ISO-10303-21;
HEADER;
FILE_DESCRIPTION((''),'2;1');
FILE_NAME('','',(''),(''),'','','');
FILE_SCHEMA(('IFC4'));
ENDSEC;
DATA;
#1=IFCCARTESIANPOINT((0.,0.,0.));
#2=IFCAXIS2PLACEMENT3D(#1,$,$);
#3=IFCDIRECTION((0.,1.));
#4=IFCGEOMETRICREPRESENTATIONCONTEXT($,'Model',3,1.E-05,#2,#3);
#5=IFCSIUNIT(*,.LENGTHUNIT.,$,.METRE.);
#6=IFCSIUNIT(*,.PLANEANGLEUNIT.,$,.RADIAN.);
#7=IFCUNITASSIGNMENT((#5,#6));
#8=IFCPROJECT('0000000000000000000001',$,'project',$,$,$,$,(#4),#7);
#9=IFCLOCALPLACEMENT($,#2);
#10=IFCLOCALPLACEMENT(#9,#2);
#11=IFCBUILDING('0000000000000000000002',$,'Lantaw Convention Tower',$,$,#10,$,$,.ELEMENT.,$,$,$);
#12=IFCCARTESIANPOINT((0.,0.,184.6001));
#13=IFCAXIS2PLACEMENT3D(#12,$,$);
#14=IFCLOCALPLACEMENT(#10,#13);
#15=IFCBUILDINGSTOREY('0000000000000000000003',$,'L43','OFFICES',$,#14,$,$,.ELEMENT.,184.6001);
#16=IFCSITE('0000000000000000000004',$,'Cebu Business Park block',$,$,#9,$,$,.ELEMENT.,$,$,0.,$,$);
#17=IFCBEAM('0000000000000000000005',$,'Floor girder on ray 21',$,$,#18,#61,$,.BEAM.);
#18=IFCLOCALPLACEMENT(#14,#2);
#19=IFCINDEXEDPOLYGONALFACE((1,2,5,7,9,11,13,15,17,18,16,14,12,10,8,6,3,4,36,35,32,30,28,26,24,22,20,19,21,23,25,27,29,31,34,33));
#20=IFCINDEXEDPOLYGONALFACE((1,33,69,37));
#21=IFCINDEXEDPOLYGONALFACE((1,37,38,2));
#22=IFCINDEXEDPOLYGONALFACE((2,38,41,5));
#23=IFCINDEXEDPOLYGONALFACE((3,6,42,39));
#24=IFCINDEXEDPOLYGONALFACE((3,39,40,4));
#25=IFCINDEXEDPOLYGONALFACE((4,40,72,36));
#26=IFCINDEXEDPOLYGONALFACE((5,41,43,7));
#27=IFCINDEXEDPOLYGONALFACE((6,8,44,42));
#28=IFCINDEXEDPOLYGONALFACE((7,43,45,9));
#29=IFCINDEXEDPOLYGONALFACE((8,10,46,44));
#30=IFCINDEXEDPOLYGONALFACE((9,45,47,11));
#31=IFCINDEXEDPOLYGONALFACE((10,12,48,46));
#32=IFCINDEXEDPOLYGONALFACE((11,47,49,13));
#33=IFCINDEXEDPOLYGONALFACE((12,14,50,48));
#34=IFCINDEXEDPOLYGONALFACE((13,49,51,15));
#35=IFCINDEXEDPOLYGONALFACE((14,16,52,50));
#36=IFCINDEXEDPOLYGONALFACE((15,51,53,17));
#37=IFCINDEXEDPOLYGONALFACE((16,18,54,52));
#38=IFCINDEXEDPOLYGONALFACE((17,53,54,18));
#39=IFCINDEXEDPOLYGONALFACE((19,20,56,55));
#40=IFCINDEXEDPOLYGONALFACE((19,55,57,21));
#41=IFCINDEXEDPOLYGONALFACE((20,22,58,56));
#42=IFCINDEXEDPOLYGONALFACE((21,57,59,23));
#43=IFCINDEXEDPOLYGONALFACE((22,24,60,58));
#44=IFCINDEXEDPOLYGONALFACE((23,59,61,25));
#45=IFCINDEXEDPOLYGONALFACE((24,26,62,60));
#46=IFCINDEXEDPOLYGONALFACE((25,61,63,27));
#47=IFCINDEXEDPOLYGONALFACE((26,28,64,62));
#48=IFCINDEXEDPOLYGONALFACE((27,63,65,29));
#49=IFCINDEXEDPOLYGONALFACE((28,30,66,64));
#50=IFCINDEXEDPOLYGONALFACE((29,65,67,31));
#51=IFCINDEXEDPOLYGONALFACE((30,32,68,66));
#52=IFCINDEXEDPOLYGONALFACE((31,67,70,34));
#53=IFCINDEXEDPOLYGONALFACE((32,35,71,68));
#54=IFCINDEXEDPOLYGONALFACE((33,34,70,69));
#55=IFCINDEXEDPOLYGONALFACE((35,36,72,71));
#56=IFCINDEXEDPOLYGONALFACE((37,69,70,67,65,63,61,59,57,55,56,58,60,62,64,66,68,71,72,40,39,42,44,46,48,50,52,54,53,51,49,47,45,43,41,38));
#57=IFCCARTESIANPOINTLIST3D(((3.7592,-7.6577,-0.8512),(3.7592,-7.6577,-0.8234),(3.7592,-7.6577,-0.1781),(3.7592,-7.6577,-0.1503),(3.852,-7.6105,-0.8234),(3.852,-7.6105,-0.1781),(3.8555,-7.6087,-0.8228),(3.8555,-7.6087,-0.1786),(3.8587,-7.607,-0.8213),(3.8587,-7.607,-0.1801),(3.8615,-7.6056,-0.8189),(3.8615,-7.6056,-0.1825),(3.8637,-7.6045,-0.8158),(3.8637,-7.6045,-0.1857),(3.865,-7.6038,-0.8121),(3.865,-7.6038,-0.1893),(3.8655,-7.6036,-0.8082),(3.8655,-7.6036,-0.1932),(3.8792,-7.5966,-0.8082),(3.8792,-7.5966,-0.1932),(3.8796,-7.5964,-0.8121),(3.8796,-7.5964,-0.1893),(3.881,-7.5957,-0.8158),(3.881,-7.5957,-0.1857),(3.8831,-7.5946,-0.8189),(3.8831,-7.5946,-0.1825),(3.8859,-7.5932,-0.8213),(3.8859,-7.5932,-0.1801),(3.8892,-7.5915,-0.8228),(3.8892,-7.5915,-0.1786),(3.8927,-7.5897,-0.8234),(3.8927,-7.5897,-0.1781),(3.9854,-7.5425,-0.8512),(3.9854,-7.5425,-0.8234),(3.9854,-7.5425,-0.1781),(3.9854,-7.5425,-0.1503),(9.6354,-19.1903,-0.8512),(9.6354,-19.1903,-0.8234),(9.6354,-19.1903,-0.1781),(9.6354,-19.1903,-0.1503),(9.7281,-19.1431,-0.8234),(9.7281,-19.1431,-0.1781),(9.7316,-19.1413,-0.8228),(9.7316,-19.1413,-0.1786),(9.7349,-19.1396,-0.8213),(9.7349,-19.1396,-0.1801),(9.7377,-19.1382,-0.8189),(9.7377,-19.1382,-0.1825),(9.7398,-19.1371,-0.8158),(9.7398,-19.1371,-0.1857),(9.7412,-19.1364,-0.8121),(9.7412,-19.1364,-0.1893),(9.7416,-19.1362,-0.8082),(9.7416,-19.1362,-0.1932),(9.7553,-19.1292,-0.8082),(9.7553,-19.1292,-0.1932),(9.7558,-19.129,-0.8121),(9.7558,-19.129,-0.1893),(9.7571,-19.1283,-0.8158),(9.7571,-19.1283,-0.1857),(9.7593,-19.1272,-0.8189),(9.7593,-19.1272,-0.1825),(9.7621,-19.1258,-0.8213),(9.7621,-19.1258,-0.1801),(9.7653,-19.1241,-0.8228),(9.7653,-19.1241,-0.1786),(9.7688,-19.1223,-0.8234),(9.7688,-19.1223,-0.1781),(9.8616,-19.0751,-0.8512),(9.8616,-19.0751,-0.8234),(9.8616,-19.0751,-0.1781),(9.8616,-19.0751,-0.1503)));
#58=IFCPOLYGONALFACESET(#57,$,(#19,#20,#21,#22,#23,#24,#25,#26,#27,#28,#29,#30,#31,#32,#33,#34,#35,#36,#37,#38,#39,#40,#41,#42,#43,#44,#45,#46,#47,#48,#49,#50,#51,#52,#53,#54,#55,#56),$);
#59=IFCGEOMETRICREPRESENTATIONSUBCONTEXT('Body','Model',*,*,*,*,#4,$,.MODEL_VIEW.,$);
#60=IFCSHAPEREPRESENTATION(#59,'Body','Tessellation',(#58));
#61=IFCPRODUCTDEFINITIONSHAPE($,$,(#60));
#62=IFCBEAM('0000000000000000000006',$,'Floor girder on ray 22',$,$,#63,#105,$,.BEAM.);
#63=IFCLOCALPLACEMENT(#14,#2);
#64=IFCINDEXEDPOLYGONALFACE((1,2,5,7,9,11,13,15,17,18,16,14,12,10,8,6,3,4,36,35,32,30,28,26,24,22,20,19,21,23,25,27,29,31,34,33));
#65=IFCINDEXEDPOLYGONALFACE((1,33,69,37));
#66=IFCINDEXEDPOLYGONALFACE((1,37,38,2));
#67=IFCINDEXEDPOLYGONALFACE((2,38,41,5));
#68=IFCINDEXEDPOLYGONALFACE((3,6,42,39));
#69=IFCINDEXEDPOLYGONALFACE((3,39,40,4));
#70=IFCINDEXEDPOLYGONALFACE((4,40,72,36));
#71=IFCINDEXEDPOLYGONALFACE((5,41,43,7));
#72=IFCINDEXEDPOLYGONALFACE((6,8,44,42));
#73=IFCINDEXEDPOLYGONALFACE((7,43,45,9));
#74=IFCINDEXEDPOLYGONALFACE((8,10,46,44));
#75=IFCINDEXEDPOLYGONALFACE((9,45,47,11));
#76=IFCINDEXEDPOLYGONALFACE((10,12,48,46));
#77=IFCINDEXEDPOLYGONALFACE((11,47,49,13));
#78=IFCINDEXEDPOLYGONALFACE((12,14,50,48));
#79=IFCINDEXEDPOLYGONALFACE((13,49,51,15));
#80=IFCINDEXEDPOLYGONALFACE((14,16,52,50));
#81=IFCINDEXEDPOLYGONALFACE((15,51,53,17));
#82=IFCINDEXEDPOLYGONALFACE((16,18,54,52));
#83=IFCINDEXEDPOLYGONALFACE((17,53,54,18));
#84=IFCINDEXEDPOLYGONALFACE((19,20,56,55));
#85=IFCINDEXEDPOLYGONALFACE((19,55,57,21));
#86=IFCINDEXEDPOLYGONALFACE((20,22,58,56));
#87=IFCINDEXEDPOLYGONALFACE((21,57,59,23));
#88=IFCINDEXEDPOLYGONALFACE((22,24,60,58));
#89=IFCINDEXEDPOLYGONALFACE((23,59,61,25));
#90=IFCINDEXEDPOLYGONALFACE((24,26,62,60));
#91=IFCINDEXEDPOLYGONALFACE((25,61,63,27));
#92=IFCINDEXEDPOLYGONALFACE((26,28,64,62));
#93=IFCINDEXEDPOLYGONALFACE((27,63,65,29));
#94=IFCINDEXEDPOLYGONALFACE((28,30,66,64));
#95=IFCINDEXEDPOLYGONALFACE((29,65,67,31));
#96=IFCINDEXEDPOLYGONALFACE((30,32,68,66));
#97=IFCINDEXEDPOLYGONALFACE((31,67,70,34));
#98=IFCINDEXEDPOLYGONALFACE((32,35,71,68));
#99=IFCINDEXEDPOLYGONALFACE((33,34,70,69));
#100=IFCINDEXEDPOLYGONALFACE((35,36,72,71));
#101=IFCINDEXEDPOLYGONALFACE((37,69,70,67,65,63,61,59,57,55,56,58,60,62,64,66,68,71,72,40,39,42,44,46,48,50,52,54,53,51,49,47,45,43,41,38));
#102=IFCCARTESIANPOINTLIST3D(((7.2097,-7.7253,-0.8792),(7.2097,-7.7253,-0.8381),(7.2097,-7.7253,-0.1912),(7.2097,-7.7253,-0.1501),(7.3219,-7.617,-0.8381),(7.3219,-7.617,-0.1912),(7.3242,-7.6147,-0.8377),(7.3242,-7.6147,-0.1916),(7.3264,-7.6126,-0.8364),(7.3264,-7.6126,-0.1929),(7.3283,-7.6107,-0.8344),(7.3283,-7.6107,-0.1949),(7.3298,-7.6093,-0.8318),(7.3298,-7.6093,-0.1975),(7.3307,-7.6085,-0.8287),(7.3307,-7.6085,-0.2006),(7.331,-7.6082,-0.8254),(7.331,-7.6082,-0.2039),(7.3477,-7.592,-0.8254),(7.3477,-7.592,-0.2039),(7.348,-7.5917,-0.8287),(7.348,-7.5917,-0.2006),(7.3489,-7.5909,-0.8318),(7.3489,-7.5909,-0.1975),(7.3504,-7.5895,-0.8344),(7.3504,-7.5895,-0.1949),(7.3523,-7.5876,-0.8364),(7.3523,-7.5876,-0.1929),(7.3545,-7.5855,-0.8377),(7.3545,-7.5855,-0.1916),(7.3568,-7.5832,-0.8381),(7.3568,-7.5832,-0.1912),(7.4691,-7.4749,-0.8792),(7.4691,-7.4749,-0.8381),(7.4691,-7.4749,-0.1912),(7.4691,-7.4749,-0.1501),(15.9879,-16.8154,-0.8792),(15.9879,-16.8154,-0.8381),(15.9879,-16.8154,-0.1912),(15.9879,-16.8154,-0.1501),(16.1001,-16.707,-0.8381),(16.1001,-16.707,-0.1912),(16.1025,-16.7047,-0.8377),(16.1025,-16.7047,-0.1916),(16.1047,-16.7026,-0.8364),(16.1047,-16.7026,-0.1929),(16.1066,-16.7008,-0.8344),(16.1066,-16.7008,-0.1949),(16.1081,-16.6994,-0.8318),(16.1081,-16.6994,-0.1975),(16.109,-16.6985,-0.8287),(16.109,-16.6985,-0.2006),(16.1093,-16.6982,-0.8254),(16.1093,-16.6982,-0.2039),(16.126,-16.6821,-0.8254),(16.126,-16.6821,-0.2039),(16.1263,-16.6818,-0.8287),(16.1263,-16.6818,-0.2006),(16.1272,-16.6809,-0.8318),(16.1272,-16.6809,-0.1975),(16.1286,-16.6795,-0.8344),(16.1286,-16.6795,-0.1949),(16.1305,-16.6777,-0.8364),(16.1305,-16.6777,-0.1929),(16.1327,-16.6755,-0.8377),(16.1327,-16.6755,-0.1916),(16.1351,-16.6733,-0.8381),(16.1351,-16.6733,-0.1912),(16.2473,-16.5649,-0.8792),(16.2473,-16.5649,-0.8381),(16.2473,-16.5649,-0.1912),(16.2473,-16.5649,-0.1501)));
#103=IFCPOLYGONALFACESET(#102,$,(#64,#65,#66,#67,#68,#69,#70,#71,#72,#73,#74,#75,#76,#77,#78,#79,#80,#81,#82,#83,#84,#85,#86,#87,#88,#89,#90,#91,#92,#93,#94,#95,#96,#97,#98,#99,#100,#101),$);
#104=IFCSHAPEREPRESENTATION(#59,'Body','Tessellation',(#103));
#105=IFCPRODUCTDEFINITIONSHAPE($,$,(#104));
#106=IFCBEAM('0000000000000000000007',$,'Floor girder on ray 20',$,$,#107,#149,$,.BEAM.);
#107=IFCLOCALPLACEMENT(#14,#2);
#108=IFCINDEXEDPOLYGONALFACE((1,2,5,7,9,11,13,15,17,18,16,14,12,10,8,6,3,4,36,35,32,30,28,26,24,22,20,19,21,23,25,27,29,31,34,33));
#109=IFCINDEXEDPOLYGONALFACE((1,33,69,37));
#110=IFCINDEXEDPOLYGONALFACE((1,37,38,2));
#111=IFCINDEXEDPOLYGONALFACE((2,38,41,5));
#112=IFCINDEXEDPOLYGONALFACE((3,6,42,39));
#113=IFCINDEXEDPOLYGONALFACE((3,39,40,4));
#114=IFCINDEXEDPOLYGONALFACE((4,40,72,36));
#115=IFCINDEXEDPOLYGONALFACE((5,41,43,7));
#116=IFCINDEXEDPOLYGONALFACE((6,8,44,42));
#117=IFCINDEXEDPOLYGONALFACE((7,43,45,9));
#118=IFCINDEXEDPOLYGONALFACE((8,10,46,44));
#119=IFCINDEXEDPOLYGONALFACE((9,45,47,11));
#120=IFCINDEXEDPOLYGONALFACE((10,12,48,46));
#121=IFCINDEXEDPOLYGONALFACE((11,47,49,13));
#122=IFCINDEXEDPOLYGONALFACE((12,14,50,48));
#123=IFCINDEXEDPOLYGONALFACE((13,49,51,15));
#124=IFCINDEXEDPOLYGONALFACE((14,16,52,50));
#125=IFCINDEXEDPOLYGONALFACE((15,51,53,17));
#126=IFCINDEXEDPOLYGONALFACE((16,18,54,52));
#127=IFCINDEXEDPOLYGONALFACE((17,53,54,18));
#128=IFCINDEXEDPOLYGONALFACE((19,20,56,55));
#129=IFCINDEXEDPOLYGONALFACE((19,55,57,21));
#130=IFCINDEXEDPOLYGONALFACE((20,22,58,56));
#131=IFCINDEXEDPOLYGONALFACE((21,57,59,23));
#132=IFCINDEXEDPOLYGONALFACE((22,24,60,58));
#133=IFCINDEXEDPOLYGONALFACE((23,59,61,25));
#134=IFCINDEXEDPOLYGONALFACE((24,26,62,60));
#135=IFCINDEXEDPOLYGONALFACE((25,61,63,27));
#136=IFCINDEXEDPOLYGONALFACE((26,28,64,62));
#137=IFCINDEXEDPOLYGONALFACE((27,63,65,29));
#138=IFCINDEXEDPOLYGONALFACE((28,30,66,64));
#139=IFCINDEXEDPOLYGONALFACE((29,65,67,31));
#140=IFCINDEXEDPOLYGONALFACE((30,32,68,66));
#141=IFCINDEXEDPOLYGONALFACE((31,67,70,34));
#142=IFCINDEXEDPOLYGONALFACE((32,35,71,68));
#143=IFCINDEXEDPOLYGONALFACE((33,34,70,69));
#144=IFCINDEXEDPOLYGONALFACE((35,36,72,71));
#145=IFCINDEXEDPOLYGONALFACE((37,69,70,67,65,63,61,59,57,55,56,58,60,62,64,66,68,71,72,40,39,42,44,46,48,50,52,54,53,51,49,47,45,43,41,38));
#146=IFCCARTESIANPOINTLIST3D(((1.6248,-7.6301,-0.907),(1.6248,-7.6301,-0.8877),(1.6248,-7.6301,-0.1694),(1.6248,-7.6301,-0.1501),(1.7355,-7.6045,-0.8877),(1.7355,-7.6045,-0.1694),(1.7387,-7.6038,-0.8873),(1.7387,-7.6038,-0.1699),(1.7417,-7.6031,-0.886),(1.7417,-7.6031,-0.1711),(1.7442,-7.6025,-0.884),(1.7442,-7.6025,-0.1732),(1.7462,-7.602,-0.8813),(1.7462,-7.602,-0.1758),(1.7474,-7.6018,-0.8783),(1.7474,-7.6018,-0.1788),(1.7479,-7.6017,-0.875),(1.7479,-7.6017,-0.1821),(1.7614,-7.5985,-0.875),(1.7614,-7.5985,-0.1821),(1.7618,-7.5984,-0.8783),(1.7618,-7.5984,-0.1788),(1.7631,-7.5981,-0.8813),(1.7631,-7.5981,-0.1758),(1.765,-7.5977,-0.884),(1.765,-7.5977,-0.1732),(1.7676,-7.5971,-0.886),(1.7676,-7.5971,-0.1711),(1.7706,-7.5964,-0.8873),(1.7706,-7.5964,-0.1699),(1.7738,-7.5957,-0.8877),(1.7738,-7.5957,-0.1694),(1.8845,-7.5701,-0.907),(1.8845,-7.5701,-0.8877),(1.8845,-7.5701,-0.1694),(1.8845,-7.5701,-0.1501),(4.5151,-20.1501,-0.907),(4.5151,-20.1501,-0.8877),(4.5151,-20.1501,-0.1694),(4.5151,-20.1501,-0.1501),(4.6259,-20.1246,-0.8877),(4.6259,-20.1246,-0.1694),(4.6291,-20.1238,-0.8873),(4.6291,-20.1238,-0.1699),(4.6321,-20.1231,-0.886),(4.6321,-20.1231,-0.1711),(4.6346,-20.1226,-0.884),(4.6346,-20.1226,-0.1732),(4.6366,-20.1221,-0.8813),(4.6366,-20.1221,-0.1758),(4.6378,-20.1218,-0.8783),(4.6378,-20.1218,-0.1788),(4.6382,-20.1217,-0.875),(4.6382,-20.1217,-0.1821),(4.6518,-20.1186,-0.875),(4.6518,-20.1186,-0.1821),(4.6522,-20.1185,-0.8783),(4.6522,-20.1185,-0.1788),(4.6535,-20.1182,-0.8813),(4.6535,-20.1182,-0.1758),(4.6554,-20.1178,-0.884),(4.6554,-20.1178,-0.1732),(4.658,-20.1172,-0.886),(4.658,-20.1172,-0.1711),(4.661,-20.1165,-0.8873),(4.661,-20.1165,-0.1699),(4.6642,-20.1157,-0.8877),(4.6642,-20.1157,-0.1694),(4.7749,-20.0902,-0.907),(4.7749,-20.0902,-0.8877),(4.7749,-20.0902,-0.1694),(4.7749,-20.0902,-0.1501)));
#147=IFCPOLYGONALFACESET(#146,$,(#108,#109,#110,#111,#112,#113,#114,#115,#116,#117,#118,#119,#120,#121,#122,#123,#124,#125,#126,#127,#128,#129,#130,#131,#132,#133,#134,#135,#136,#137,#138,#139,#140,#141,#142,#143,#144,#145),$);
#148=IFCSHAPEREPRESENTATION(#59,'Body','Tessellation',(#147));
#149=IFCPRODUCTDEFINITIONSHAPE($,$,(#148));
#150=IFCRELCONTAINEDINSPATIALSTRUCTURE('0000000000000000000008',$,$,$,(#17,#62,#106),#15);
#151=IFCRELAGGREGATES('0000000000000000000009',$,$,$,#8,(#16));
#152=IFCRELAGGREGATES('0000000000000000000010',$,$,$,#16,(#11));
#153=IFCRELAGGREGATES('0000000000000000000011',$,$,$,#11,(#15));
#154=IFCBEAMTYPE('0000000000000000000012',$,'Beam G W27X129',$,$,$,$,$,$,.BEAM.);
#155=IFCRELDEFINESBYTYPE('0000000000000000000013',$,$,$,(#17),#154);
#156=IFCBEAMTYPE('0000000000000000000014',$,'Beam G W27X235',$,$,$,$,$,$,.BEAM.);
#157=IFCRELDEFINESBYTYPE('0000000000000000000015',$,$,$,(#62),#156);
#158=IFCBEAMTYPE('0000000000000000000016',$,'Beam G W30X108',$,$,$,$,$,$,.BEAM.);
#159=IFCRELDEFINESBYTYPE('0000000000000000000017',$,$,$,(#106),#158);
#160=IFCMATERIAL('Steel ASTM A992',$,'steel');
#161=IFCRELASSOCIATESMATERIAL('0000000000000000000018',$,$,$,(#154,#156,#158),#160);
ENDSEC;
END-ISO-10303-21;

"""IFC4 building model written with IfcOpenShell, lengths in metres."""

from ifc_helpers import new_model, si_unit, direction, frame, origin, origin_2d, place, context, subcontext, project, spatial, i_section, extrude, material, material_profile, profile_set, type_object, element, save


model = new_model("IFC4")

# Units and contexts
model_context = context("Model", 3, precision=1e-05, world=origin(), true_north=direction((0.0, 1.0)))
body_context = subcontext(model_context, "Body", "Model", "MODEL_VIEW")
ifc_project = project(units=[si_unit("LENGTHUNIT", "METRE"), si_unit("PLANEANGLEUNIT", "RADIAN")], contexts=[model_context])

# Site, building, storey
site_placement = place(None, origin())
site = spatial("IfcSite", under=ifc_project, at=site_placement, Name="Cebu Business Park block", CompositionType="ELEMENT", RefElevation=0.0)
building_placement = place(site_placement, origin())
building = spatial("IfcBuilding", under=site, at=building_placement, Name="Lantaw Convention Tower", CompositionType="ELEMENT")
storey_placement = place(building_placement, frame((0.0, 0.0, 184.6001)))
storey = spatial("IfcBuildingStorey", under=building, at=storey_placement, Name="L43", Description="OFFICES", CompositionType="ELEMENT", Elevation=184.6001)

# Beams
ifc_material_1 = material(Name="Steel ASTM A992", Category="steel")
ifc_material_profile_1 = material_profile(ifc_material_1, i_section(OverallWidth=0.2539, OverallDepth=0.7009, WebThickness=0.0154, FlangeThickness=0.0278, FilletRadius=0.0151, at=origin_2d()), Name="W27X129")
ifc_profile_set_1 = profile_set([ifc_material_profile_1], Name="Steel ASTM A992")
beam_type_1 = type_object("IfcBeamType", Name="Beam G W27X129", PredefinedType="BEAM", material=ifc_profile_set_1)
beam_1_placement = place(storey_placement, frame((3.8723, -7.6001, -0.5007), z_axis=(0.453991, -0.891006, 0.0), x_axis=(0.891006, 0.453991, 0.0)))
element("IfcBeam", 1, at=beam_1_placement, inside=storey, type_object=beam_type_1, Name="Floor girder on ray 21", PredefinedType="BEAM", context=body_context, shape_type="SweptSolid", body=[
    extrude(i_section(OverallWidth=0.2539, OverallDepth=0.7009, WebThickness=0.0154, FlangeThickness=0.0278, FilletRadius=0.0151, at=origin_2d()), origin(), (0.0, 0.0, 1.0), 12.9434),
])
ifc_material_profile_2 = material_profile(ifc_material_1, i_section(OverallWidth=0.3606, OverallDepth=0.729, WebThickness=0.0232, FlangeThickness=0.041, FilletRadius=0.0127, at=origin_2d()), Name="W27X235")
ifc_profile_set_2 = profile_set([ifc_material_profile_2], Name="Steel ASTM A992")
beam_type_2 = type_object("IfcBeamType", Name="Beam G W27X235", PredefinedType="BEAM", material=ifc_profile_set_2)
beam_2_placement = place(storey_placement, frame((7.3394, -7.6001, -0.5146), z_axis=(0.694663, -0.719335, 0.0), x_axis=(0.719335, 0.694663, 0.0)))
element("IfcBeam", 2, at=beam_2_placement, inside=storey, type_object=beam_type_2, Name="Floor girder on ray 22", PredefinedType="BEAM", context=body_context, shape_type="SweptSolid", body=[
    extrude(i_section(OverallWidth=0.3606, OverallDepth=0.729, WebThickness=0.0232, FlangeThickness=0.041, FilletRadius=0.0127, at=origin_2d()), origin(), (0.0, 0.0, 1.0), 12.6367),
])
ifc_material_profile_3 = material_profile(ifc_material_1, i_section(OverallWidth=0.2666, OverallDepth=0.7568, WebThickness=0.0139, FlangeThickness=0.0193, FilletRadius=0.0127, at=origin_2d()), Name="W30X108")
ifc_profile_set_3 = profile_set([ifc_material_profile_3], Name="Steel ASTM A992")
beam_type_3 = type_object("IfcBeamType", Name="Beam G W30X108", PredefinedType="BEAM", material=ifc_profile_set_3)
beam_3_placement = place(storey_placement, frame((1.7546, -7.6001, -0.5286), z_axis=(0.224944, -0.974372, 0.0), x_axis=(0.974372, 0.224944, 0.0)))
element("IfcBeam", 3, at=beam_3_placement, inside=storey, type_object=beam_type_3, Name="Floor girder on ray 20", PredefinedType="BEAM", context=body_context, shape_type="SweptSolid", body=[
    extrude(i_section(OverallWidth=0.2666, OverallDepth=0.7568, WebThickness=0.0139, FlangeThickness=0.0193, FilletRadius=0.0127, at=origin_2d()), origin(), (0.0, 0.0, 1.0), 12.8494),
])

save(model, "model.ifc")
